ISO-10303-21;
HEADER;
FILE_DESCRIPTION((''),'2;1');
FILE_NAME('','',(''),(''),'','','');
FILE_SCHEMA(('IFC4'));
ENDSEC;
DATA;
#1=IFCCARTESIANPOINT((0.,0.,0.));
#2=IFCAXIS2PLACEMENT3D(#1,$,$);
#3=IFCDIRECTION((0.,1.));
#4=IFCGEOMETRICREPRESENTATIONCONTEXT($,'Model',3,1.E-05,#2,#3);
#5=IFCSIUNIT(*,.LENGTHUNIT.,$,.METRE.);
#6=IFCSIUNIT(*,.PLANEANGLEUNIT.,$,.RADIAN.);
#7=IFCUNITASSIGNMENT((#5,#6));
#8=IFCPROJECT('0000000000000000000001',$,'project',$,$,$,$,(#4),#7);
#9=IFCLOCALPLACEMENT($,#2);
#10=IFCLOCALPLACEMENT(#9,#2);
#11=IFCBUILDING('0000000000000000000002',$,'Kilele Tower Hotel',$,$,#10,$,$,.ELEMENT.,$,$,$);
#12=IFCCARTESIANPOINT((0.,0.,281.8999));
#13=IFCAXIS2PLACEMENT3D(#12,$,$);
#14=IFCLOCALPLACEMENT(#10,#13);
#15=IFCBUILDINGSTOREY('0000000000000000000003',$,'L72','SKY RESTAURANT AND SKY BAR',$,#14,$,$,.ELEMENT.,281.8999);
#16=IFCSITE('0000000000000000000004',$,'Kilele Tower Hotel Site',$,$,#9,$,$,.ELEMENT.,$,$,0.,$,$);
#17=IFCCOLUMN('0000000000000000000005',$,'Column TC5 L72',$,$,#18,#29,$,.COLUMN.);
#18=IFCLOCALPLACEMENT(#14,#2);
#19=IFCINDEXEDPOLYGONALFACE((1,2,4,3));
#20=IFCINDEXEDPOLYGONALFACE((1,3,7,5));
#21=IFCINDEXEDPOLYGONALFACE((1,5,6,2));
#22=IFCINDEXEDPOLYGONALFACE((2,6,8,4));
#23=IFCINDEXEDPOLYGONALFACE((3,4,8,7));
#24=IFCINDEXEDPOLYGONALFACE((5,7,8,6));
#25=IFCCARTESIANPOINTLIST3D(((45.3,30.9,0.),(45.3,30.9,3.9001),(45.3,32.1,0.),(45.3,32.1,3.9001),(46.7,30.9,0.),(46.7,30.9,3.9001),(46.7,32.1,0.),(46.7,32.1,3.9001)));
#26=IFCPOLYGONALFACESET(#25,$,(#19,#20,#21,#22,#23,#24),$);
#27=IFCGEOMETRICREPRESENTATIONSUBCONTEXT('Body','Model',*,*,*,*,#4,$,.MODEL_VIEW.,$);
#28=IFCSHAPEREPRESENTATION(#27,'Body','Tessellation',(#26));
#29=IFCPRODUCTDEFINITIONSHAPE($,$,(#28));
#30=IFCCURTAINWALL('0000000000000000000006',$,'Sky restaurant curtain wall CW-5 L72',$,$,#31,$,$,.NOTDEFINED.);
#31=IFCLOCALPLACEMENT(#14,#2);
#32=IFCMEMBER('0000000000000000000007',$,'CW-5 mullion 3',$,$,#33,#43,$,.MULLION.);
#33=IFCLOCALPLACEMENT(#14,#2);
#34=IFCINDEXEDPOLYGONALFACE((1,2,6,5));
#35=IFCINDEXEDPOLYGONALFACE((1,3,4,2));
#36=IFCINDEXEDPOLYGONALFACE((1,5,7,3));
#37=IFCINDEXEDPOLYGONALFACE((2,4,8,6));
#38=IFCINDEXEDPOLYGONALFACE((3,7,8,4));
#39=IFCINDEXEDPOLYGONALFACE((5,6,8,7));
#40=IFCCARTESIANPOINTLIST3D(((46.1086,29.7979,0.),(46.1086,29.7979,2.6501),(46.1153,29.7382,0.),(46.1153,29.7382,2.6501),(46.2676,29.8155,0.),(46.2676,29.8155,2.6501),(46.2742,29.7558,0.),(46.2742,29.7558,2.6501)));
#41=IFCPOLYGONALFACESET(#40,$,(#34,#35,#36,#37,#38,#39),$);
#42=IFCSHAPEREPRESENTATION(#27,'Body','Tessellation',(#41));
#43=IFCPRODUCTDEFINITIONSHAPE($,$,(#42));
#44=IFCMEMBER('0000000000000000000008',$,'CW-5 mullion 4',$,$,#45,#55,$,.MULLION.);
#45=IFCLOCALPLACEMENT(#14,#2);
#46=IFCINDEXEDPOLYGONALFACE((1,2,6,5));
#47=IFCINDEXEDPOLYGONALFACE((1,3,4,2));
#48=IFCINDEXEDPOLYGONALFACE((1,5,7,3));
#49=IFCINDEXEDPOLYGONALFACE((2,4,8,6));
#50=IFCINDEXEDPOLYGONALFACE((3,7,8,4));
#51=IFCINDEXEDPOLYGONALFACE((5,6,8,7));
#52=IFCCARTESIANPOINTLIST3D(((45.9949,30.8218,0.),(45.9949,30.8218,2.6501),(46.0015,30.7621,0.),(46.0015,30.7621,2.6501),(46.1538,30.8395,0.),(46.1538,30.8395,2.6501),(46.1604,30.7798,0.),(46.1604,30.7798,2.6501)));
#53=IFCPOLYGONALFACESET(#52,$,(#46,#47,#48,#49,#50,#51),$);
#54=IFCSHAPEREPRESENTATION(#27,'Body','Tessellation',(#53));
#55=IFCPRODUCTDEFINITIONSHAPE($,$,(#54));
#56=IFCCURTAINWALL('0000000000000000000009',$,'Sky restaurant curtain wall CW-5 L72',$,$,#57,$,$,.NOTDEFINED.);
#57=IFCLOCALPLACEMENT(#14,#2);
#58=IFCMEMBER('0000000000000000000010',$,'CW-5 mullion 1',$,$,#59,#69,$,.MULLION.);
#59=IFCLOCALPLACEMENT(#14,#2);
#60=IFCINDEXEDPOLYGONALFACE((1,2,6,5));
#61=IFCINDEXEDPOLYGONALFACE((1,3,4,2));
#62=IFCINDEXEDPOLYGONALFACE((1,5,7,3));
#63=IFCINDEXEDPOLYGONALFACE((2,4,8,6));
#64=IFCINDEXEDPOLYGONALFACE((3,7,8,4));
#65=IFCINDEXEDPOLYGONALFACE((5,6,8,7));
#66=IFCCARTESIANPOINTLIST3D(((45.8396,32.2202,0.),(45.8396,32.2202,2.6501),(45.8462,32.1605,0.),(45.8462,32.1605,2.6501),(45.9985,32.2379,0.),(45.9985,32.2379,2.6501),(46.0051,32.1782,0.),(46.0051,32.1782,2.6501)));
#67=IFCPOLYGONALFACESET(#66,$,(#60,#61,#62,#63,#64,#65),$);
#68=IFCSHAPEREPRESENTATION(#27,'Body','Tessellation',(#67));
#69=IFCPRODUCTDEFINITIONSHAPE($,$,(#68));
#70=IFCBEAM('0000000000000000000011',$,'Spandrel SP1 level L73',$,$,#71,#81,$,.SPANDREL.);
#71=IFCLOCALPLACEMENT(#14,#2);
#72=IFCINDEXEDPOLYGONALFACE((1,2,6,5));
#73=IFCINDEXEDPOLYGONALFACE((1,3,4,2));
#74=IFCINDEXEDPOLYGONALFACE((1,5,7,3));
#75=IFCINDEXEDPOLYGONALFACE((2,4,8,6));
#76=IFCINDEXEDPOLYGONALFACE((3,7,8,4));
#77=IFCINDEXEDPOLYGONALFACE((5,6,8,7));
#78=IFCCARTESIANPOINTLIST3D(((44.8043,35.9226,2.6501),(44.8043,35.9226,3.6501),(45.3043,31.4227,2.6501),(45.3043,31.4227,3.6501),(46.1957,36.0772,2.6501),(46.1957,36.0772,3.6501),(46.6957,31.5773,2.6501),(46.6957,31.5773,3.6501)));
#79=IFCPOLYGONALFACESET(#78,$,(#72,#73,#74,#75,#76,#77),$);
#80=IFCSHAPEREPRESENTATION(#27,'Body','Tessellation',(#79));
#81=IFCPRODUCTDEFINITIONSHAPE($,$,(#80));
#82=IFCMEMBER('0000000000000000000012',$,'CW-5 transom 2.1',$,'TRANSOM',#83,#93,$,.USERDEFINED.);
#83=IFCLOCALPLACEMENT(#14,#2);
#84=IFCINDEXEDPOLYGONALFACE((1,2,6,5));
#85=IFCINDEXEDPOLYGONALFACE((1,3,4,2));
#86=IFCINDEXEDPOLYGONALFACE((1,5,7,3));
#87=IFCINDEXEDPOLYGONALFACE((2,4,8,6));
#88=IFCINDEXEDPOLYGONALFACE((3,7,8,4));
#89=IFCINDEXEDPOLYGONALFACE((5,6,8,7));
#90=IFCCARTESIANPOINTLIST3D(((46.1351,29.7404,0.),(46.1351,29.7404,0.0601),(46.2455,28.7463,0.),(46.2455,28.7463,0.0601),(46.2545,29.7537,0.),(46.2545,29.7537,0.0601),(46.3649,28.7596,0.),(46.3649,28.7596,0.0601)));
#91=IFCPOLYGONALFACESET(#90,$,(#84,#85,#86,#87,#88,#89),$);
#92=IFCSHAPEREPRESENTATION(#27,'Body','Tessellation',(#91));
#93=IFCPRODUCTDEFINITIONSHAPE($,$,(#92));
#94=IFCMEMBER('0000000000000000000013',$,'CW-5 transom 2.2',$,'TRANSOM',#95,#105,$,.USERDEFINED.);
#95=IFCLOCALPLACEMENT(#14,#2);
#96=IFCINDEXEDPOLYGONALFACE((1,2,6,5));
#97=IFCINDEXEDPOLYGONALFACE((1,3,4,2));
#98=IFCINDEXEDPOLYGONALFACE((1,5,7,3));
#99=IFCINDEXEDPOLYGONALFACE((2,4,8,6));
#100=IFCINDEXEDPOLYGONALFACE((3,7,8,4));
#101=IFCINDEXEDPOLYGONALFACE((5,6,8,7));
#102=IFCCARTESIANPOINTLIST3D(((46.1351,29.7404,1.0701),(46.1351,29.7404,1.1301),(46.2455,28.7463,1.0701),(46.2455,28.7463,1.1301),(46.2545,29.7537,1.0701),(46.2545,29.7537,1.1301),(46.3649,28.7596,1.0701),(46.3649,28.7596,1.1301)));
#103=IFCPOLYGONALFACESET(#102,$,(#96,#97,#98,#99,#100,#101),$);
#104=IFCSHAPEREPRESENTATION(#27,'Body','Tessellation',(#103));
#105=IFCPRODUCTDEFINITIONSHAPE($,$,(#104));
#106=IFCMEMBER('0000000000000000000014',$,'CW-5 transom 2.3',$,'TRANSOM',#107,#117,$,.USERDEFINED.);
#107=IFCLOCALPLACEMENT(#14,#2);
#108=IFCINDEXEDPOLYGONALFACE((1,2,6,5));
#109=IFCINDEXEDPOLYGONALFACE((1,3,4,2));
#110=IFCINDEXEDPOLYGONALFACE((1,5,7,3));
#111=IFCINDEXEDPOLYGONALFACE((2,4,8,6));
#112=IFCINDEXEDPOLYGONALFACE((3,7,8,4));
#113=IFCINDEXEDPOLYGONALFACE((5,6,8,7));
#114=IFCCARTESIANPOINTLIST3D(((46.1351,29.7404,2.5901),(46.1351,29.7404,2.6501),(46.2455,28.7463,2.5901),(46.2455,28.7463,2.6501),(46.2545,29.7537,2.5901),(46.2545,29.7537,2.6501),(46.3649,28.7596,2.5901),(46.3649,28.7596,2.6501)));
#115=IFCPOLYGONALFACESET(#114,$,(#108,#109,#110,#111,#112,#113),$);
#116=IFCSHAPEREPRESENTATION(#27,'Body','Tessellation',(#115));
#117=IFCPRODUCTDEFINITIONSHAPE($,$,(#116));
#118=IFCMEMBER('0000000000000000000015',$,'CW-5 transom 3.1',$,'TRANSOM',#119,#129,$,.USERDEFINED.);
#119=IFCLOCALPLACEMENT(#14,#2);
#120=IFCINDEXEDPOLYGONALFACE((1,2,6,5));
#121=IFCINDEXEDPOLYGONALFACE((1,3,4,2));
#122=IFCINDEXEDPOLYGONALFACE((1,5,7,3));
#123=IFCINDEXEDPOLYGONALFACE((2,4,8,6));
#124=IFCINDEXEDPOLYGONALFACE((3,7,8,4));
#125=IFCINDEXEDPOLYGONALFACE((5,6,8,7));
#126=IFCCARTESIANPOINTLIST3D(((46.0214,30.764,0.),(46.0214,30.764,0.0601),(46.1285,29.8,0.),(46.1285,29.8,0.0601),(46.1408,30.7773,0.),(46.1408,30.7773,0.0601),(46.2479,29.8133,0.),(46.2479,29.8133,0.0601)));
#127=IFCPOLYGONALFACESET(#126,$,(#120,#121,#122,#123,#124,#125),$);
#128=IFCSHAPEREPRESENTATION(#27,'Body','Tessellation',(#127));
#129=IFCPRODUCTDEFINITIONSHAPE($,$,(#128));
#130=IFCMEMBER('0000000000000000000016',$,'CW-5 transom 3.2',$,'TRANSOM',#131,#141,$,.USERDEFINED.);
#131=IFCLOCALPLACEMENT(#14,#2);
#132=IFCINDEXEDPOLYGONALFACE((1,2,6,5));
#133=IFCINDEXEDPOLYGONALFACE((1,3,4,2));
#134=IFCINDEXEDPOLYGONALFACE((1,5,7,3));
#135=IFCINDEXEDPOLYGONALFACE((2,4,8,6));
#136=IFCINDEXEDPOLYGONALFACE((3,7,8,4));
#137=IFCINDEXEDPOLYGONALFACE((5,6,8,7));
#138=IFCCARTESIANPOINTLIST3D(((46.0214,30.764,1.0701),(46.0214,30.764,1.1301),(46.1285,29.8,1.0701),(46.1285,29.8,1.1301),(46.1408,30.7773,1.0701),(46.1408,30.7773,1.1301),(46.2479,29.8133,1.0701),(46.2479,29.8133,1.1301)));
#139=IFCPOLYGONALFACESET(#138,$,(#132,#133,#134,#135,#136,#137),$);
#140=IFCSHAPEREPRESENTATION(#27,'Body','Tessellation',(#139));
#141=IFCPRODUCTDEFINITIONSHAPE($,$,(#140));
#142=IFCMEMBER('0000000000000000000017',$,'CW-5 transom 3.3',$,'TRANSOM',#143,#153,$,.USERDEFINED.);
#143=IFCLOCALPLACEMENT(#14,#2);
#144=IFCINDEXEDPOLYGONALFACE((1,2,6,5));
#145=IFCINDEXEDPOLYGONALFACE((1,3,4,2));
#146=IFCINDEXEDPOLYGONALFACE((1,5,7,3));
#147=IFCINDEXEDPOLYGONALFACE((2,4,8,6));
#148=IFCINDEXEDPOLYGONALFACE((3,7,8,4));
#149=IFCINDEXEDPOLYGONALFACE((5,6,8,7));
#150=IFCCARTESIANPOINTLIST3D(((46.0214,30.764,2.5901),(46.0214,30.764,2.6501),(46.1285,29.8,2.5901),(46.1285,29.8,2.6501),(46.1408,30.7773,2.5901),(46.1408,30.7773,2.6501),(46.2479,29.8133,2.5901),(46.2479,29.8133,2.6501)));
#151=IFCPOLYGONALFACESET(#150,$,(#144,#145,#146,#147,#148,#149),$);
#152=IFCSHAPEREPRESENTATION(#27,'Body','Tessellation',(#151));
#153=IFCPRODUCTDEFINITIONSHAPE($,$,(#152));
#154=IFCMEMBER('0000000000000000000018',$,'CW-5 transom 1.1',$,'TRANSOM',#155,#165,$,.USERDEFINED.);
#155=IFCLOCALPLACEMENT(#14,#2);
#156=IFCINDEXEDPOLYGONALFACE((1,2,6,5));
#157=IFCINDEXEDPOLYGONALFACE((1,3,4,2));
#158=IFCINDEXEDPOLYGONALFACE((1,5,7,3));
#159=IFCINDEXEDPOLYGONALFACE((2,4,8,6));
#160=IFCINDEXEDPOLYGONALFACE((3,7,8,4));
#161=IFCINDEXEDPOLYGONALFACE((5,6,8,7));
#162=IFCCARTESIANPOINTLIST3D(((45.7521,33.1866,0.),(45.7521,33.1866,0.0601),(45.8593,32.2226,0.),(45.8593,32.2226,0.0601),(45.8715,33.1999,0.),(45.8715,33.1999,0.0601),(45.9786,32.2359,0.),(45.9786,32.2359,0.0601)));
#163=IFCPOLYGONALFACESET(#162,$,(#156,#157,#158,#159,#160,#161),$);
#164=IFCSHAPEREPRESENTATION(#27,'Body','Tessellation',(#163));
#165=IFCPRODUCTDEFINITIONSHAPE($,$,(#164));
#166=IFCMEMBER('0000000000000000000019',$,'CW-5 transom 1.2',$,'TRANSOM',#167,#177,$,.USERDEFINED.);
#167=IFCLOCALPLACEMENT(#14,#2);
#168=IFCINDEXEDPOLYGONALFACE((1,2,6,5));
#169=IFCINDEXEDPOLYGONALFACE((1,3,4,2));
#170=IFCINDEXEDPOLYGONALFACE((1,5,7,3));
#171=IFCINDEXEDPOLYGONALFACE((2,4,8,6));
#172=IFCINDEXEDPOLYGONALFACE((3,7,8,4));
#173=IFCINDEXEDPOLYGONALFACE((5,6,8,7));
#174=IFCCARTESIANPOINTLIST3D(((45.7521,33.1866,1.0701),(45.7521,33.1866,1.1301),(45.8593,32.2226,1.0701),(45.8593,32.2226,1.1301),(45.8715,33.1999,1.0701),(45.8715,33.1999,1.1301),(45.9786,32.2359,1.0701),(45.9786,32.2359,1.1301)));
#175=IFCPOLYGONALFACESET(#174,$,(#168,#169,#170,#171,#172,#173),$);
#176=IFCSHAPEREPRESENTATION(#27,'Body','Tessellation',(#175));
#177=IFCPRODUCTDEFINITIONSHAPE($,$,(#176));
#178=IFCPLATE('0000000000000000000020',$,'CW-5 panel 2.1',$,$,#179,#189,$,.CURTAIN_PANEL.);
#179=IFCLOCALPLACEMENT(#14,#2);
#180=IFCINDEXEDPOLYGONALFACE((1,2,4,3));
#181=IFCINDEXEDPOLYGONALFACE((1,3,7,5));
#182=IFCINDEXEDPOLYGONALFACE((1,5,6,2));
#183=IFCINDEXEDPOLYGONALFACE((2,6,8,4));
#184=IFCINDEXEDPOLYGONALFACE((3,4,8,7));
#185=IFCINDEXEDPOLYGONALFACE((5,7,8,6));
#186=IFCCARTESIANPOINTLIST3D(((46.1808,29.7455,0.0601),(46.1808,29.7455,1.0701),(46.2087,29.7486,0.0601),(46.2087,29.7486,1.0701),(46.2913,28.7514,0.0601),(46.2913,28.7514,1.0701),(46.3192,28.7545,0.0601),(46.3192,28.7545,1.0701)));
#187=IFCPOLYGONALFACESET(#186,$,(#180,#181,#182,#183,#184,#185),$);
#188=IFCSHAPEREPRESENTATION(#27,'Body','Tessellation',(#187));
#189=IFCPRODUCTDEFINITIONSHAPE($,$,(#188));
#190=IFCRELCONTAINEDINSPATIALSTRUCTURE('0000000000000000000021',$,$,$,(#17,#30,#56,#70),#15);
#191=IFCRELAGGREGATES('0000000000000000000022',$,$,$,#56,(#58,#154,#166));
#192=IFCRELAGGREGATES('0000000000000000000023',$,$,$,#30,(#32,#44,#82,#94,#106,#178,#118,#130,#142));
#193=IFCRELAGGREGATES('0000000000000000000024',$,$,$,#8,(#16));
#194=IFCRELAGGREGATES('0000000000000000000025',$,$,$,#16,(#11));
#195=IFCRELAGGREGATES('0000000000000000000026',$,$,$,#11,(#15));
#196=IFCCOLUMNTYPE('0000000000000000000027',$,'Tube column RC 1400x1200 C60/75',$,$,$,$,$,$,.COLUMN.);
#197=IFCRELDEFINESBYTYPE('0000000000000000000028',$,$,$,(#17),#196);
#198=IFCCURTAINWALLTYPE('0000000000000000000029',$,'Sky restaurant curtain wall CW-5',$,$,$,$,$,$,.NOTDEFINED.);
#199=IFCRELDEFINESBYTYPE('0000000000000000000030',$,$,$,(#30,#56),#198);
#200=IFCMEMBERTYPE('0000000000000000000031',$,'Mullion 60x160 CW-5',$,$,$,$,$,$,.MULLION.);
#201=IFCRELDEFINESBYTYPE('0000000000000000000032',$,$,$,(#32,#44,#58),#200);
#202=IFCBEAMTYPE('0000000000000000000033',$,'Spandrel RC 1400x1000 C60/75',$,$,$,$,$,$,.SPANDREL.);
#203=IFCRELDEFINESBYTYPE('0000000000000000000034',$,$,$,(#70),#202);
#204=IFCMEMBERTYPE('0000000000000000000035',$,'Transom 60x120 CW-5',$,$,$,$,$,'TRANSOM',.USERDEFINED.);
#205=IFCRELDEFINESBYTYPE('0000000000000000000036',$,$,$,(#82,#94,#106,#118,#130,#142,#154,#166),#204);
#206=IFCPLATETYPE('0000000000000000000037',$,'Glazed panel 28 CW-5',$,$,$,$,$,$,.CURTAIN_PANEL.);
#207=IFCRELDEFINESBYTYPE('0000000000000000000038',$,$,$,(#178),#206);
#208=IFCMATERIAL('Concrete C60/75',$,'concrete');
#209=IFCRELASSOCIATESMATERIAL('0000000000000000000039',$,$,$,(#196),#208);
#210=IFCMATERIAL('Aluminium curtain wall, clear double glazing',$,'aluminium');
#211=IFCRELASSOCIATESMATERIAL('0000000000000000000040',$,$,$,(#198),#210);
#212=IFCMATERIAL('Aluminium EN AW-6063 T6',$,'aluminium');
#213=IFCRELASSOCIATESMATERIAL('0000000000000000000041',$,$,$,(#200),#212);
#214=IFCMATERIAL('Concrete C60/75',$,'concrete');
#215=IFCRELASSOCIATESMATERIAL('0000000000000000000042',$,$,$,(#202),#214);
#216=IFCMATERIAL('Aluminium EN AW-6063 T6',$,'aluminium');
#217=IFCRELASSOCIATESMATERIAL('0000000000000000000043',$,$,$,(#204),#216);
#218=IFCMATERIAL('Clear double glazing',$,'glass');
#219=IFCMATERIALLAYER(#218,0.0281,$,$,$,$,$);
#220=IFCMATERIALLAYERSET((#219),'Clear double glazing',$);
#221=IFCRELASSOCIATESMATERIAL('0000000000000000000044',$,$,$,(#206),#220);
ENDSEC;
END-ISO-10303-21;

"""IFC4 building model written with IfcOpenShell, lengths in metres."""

from ifc_helpers import new_model, si_unit, direction, frame, origin, origin_2d, place, context, subcontext, project, spatial, rectangle, extrude, material, layer, layer_set, material_profile, profile_set, type_object, element, aggregate, save


model = new_model("IFC4")

# Units and contexts
model_context = context("Model", 3, precision=1e-05, world=origin(), true_north=direction((0.0, 1.0)))
body_context = subcontext(model_context, "Body", "Model", "MODEL_VIEW")
ifc_project = project(units=[si_unit("LENGTHUNIT", "METRE"), si_unit("PLANEANGLEUNIT", "RADIAN")], contexts=[model_context])

# Site, building, storey
site_placement = place(None, origin())
site = spatial("IfcSite", under=ifc_project, at=site_placement, Name="Kilele Tower Hotel Site", CompositionType="ELEMENT", RefElevation=0.0)
building_placement = place(site_placement, origin())
building = spatial("IfcBuilding", under=site, at=building_placement, Name="Kilele Tower Hotel", CompositionType="ELEMENT")
storey_placement = place(building_placement, frame((0.0, 0.0, 281.8999)))
storey = spatial("IfcBuildingStorey", under=building, at=storey_placement, Name="L72", Description="SKY RESTAURANT AND SKY BAR", CompositionType="ELEMENT", Elevation=281.8999)

# Column
ifc_material_1 = material(Name="Concrete C60/75", Category="concrete")
ifc_material_profile_1 = material_profile(ifc_material_1, rectangle(XDim=1.3999, YDim=1.2, at=origin_2d()))
ifc_profile_set_1 = profile_set([ifc_material_profile_1], Name="Concrete C60/75")
column_type = type_object("IfcColumnType", Name="Tube column RC 1400x1200 C60/75", PredefinedType="COLUMN", material=ifc_profile_set_1)
column_placement = place(storey_placement, frame((46.0, 31.5, 0.0), z_axis=(0.0, 0.0, 1.0), x_axis=(1.0, 0.0, 0.0)))
element("IfcColumn", 1, at=column_placement, inside=storey, type_object=column_type, Name="Column TC5 L72", PredefinedType="COLUMN", context=body_context, shape_type="SweptSolid", body=[
    extrude(rectangle(XDim=1.3999, YDim=1.2, at=origin_2d()), origin(), (0.0, 0.0, 1.0), 3.9001),
])

# Curtain wall, members
ifc_material_2 = material(Name="Aluminium curtain wall, clear double glazing", Category="aluminium")
curtain_wall_type = type_object("IfcCurtainWallType", Name="Sky restaurant curtain wall CW-5", PredefinedType="NOTDEFINED", material=ifc_material_2)
curtain_wall_1_placement = place(storey_placement, origin())
curtain_wall_1 = element("IfcCurtainWall", 2, at=curtain_wall_1_placement, inside=storey, type_object=curtain_wall_type, Name="Sky restaurant curtain wall CW-5 L72", PredefinedType="NOTDEFINED")
ifc_material_3 = material(Name="Aluminium EN AW-6063 T6", Category="aluminium")
ifc_material_profile_2 = material_profile(ifc_material_3, rectangle(XDim=0.1599, YDim=0.0601, at=origin_2d()))
ifc_profile_set_2 = profile_set([ifc_material_profile_2], Name="Aluminium EN AW-6063 T6")
member_type_1 = type_object("IfcMemberType", Name="Mullion 60x160 CW-5", PredefinedType="MULLION", material=ifc_profile_set_2)
member_1_placement = place(storey_placement, frame((46.1914, 29.7769, 0.0), z_axis=(0.0, 0.0, 1.0), x_axis=(-0.993884, -0.110432, 0.0)))
member_1 = element("IfcMember", 3, at=member_1_placement, type_object=member_type_1, Name="CW-5 mullion 3", PredefinedType="MULLION", context=body_context, shape_type="SweptSolid", body=[
    extrude(rectangle(XDim=0.1599, YDim=0.0601, at=origin_2d()), origin(), (0.0, 0.0, 1.0), 2.6501),
])
member_2_placement = place(storey_placement, frame((46.0776, 30.8008, 0.0), z_axis=(0.0, 0.0, 1.0), x_axis=(-0.993884, -0.110432, 0.0)))
member_2 = element("IfcMember", 4, at=member_2_placement, type_object=member_type_1, Name="CW-5 mullion 4", PredefinedType="MULLION", context=body_context, shape_type="SweptSolid", body=[
    extrude(rectangle(XDim=0.1599, YDim=0.0601, at=origin_2d()), origin(), (0.0, 0.0, 1.0), 2.6501),
])

# Curtain wall, member
curtain_wall_2_placement = place(storey_placement, origin())
curtain_wall_2 = element("IfcCurtainWall", 5, at=curtain_wall_2_placement, inside=storey, type_object=curtain_wall_type, Name="Sky restaurant curtain wall CW-5 L72", PredefinedType="NOTDEFINED")
member_3_placement = place(storey_placement, frame((45.9224, 32.1992, 0.0), z_axis=(0.0, 0.0, 1.0), x_axis=(-0.993884, -0.110432, 0.0)))
member_3 = element("IfcMember", 6, at=member_3_placement, type_object=member_type_1, Name="CW-5 mullion 1", PredefinedType="MULLION", context=body_context, shape_type="SweptSolid", body=[
    extrude(rectangle(XDim=0.1599, YDim=0.0601, at=origin_2d()), origin(), (0.0, 0.0, 1.0), 2.6501),
])

# Beam
ifc_material_4 = material(Name="Concrete C60/75", Category="concrete")
ifc_material_profile_3 = material_profile(ifc_material_4, rectangle(XDim=1.3999, YDim=1.0, at=origin_2d()))
ifc_profile_set_3 = profile_set([ifc_material_profile_3], Name="Concrete C60/75")
beam_type = type_object("IfcBeamType", Name="Spandrel RC 1400x1000 C60/75", PredefinedType="SPANDREL", material=ifc_profile_set_3)
beam_placement = place(storey_placement, frame((46.0, 31.5, 3.1501), z_axis=(-0.110432, 0.993884, 0.0), x_axis=(-0.993884, -0.110432, 0.0)))
element("IfcBeam", 7, at=beam_placement, inside=storey, type_object=beam_type, Name="Spandrel SP1 level L73", PredefinedType="SPANDREL", context=body_context, shape_type="SweptSolid", body=[
    extrude(rectangle(XDim=1.3999, YDim=1.0, at=origin_2d()), origin(), (0.0, 0.0, 1.0), 4.5276),
])

# Members
ifc_material_5 = material(Name="Aluminium EN AW-6063 T6", Category="aluminium")
ifc_material_profile_4 = material_profile(ifc_material_5, rectangle(XDim=0.1201, YDim=0.0601, at=origin_2d()))
ifc_profile_set_4 = profile_set([ifc_material_profile_4], Name="Aluminium EN AW-6063 T6")
member_type_2 = type_object("IfcMemberType", Name="Transom 60x120 CW-5", ElementType="TRANSOM", PredefinedType="USERDEFINED", material=ifc_profile_set_4)
member_4_placement = place(storey_placement, frame((46.3052, 28.7529, 0.03), z_axis=(-0.110324, 0.993896, 0.0), x_axis=(-0.993896, -0.110324, 0.0)))
member_4 = element("IfcMember", 8, at=member_4_placement, type_object=member_type_2, Name="CW-5 transom 2.1", ObjectType="TRANSOM", PredefinedType="USERDEFINED", context=body_context, shape_type="SweptSolid", body=[
    extrude(rectangle(XDim=0.1201, YDim=0.0601, at=origin_2d()), origin(), (0.0, 0.0, 1.0), 1.0002),
])
member_5_placement = place(storey_placement, frame((46.3052, 28.7529, 1.1001), z_axis=(-0.110324, 0.993896, 0.0), x_axis=(-0.993896, -0.110324, 0.0)))
member_5 = element("IfcMember", 9, at=member_5_placement, type_object=member_type_2, Name="CW-5 transom 2.2", ObjectType="TRANSOM", PredefinedType="USERDEFINED", context=body_context, shape_type="SweptSolid", body=[
    extrude(rectangle(XDim=0.1201, YDim=0.0601, at=origin_2d()), origin(), (0.0, 0.0, 1.0), 1.0002),
])
member_6_placement = place(storey_placement, frame((46.3052, 28.7529, 2.6201), z_axis=(-0.110324, 0.993896, 0.0), x_axis=(-0.993896, -0.110324, 0.0)))
member_6 = element("IfcMember", 10, at=member_6_placement, type_object=member_type_2, Name="CW-5 transom 2.3", ObjectType="TRANSOM", PredefinedType="USERDEFINED", context=body_context, shape_type="SweptSolid", body=[
    extrude(rectangle(XDim=0.1201, YDim=0.0601, at=origin_2d()), origin(), (0.0, 0.0, 1.0), 1.0002),
])
member_7_placement = place(storey_placement, frame((46.1882, 29.8066, 0.03), z_axis=(-0.110487, 0.993878, 0.0), x_axis=(-0.993878, -0.110487, 0.0)))
member_7 = element("IfcMember", 11, at=member_7_placement, type_object=member_type_2, Name="CW-5 transom 3.1", ObjectType="TRANSOM", PredefinedType="USERDEFINED", context=body_context, shape_type="SweptSolid", body=[
    extrude(rectangle(XDim=0.1201, YDim=0.0601, at=origin_2d()), origin(), (0.0, 0.0, 1.0), 0.97),
])
member_8_placement = place(storey_placement, frame((46.1882, 29.8066, 1.1001), z_axis=(-0.110487, 0.993878, 0.0), x_axis=(-0.993878, -0.110487, 0.0)))
member_8 = element("IfcMember", 12, at=member_8_placement, type_object=member_type_2, Name="CW-5 transom 3.2", ObjectType="TRANSOM", PredefinedType="USERDEFINED", context=body_context, shape_type="SweptSolid", body=[
    extrude(rectangle(XDim=0.1201, YDim=0.0601, at=origin_2d()), origin(), (0.0, 0.0, 1.0), 0.97),
])
member_9_placement = place(storey_placement, frame((46.1882, 29.8066, 2.6201), z_axis=(-0.110487, 0.993878, 0.0), x_axis=(-0.993878, -0.110487, 0.0)))
member_9 = element("IfcMember", 13, at=member_9_placement, type_object=member_type_2, Name="CW-5 transom 3.3", ObjectType="TRANSOM", PredefinedType="USERDEFINED", context=body_context, shape_type="SweptSolid", body=[
    extrude(rectangle(XDim=0.1201, YDim=0.0601, at=origin_2d()), origin(), (0.0, 0.0, 1.0), 0.97),
])
member_10_placement = place(storey_placement, frame((45.9189, 32.2292, 0.03), z_axis=(-0.110487, 0.993878, 0.0), x_axis=(-0.993878, -0.110487, 0.0)))
member_10 = element("IfcMember", 14, at=member_10_placement, type_object=member_type_2, Name="CW-5 transom 1.1", ObjectType="TRANSOM", PredefinedType="USERDEFINED", context=body_context, shape_type="SweptSolid", body=[
    extrude(rectangle(XDim=0.1201, YDim=0.0601, at=origin_2d()), origin(), (0.0, 0.0, 1.0), 0.97),
])
member_11_placement = place(storey_placement, frame((45.9189, 32.2292, 1.1001), z_axis=(-0.110487, 0.993878, 0.0), x_axis=(-0.993878, -0.110487, 0.0)))
member_11 = element("IfcMember", 15, at=member_11_placement, type_object=member_type_2, Name="CW-5 transom 1.2", ObjectType="TRANSOM", PredefinedType="USERDEFINED", context=body_context, shape_type="SweptSolid", body=[
    extrude(rectangle(XDim=0.1201, YDim=0.0601, at=origin_2d()), origin(), (0.0, 0.0, 1.0), 0.97),
])
aggregate(curtain_wall_2, [member_3, member_10, member_11])

# Plate
ifc_material_6 = material(Name="Clear double glazing", Category="glass")
ifc_layer_1 = layer(ifc_material_6, 0.0281)
ifc_layer_set_1 = layer_set([ifc_layer_1], Name="Clear double glazing")
plate_type = type_object("IfcPlateType", Name="Glazed panel 28 CW-5", PredefinedType="CURTAIN_PANEL", material=ifc_layer_set_1)
plate_1_placement = place(storey_placement, frame((46.25, 29.25, 0.0601), z_axis=(0.0, 0.0, 1.0), x_axis=(-0.110432, 0.993884, 0.0)))
plate_1 = element("IfcPlate", 16, at=plate_1_placement, type_object=plate_type, Name="CW-5 panel 2.1", PredefinedType="CURTAIN_PANEL", context=body_context, shape_type="SweptSolid", body=[
    extrude(rectangle(XDim=1.0002, YDim=0.0281, at=origin_2d()), origin(), (0.0, 0.0, 1.0), 1.01),
])
aggregate(curtain_wall_1, [member_1, member_2, member_4, member_5, member_6, plate_1, member_7, member_8, member_9])

save(model, "model.ifc")
